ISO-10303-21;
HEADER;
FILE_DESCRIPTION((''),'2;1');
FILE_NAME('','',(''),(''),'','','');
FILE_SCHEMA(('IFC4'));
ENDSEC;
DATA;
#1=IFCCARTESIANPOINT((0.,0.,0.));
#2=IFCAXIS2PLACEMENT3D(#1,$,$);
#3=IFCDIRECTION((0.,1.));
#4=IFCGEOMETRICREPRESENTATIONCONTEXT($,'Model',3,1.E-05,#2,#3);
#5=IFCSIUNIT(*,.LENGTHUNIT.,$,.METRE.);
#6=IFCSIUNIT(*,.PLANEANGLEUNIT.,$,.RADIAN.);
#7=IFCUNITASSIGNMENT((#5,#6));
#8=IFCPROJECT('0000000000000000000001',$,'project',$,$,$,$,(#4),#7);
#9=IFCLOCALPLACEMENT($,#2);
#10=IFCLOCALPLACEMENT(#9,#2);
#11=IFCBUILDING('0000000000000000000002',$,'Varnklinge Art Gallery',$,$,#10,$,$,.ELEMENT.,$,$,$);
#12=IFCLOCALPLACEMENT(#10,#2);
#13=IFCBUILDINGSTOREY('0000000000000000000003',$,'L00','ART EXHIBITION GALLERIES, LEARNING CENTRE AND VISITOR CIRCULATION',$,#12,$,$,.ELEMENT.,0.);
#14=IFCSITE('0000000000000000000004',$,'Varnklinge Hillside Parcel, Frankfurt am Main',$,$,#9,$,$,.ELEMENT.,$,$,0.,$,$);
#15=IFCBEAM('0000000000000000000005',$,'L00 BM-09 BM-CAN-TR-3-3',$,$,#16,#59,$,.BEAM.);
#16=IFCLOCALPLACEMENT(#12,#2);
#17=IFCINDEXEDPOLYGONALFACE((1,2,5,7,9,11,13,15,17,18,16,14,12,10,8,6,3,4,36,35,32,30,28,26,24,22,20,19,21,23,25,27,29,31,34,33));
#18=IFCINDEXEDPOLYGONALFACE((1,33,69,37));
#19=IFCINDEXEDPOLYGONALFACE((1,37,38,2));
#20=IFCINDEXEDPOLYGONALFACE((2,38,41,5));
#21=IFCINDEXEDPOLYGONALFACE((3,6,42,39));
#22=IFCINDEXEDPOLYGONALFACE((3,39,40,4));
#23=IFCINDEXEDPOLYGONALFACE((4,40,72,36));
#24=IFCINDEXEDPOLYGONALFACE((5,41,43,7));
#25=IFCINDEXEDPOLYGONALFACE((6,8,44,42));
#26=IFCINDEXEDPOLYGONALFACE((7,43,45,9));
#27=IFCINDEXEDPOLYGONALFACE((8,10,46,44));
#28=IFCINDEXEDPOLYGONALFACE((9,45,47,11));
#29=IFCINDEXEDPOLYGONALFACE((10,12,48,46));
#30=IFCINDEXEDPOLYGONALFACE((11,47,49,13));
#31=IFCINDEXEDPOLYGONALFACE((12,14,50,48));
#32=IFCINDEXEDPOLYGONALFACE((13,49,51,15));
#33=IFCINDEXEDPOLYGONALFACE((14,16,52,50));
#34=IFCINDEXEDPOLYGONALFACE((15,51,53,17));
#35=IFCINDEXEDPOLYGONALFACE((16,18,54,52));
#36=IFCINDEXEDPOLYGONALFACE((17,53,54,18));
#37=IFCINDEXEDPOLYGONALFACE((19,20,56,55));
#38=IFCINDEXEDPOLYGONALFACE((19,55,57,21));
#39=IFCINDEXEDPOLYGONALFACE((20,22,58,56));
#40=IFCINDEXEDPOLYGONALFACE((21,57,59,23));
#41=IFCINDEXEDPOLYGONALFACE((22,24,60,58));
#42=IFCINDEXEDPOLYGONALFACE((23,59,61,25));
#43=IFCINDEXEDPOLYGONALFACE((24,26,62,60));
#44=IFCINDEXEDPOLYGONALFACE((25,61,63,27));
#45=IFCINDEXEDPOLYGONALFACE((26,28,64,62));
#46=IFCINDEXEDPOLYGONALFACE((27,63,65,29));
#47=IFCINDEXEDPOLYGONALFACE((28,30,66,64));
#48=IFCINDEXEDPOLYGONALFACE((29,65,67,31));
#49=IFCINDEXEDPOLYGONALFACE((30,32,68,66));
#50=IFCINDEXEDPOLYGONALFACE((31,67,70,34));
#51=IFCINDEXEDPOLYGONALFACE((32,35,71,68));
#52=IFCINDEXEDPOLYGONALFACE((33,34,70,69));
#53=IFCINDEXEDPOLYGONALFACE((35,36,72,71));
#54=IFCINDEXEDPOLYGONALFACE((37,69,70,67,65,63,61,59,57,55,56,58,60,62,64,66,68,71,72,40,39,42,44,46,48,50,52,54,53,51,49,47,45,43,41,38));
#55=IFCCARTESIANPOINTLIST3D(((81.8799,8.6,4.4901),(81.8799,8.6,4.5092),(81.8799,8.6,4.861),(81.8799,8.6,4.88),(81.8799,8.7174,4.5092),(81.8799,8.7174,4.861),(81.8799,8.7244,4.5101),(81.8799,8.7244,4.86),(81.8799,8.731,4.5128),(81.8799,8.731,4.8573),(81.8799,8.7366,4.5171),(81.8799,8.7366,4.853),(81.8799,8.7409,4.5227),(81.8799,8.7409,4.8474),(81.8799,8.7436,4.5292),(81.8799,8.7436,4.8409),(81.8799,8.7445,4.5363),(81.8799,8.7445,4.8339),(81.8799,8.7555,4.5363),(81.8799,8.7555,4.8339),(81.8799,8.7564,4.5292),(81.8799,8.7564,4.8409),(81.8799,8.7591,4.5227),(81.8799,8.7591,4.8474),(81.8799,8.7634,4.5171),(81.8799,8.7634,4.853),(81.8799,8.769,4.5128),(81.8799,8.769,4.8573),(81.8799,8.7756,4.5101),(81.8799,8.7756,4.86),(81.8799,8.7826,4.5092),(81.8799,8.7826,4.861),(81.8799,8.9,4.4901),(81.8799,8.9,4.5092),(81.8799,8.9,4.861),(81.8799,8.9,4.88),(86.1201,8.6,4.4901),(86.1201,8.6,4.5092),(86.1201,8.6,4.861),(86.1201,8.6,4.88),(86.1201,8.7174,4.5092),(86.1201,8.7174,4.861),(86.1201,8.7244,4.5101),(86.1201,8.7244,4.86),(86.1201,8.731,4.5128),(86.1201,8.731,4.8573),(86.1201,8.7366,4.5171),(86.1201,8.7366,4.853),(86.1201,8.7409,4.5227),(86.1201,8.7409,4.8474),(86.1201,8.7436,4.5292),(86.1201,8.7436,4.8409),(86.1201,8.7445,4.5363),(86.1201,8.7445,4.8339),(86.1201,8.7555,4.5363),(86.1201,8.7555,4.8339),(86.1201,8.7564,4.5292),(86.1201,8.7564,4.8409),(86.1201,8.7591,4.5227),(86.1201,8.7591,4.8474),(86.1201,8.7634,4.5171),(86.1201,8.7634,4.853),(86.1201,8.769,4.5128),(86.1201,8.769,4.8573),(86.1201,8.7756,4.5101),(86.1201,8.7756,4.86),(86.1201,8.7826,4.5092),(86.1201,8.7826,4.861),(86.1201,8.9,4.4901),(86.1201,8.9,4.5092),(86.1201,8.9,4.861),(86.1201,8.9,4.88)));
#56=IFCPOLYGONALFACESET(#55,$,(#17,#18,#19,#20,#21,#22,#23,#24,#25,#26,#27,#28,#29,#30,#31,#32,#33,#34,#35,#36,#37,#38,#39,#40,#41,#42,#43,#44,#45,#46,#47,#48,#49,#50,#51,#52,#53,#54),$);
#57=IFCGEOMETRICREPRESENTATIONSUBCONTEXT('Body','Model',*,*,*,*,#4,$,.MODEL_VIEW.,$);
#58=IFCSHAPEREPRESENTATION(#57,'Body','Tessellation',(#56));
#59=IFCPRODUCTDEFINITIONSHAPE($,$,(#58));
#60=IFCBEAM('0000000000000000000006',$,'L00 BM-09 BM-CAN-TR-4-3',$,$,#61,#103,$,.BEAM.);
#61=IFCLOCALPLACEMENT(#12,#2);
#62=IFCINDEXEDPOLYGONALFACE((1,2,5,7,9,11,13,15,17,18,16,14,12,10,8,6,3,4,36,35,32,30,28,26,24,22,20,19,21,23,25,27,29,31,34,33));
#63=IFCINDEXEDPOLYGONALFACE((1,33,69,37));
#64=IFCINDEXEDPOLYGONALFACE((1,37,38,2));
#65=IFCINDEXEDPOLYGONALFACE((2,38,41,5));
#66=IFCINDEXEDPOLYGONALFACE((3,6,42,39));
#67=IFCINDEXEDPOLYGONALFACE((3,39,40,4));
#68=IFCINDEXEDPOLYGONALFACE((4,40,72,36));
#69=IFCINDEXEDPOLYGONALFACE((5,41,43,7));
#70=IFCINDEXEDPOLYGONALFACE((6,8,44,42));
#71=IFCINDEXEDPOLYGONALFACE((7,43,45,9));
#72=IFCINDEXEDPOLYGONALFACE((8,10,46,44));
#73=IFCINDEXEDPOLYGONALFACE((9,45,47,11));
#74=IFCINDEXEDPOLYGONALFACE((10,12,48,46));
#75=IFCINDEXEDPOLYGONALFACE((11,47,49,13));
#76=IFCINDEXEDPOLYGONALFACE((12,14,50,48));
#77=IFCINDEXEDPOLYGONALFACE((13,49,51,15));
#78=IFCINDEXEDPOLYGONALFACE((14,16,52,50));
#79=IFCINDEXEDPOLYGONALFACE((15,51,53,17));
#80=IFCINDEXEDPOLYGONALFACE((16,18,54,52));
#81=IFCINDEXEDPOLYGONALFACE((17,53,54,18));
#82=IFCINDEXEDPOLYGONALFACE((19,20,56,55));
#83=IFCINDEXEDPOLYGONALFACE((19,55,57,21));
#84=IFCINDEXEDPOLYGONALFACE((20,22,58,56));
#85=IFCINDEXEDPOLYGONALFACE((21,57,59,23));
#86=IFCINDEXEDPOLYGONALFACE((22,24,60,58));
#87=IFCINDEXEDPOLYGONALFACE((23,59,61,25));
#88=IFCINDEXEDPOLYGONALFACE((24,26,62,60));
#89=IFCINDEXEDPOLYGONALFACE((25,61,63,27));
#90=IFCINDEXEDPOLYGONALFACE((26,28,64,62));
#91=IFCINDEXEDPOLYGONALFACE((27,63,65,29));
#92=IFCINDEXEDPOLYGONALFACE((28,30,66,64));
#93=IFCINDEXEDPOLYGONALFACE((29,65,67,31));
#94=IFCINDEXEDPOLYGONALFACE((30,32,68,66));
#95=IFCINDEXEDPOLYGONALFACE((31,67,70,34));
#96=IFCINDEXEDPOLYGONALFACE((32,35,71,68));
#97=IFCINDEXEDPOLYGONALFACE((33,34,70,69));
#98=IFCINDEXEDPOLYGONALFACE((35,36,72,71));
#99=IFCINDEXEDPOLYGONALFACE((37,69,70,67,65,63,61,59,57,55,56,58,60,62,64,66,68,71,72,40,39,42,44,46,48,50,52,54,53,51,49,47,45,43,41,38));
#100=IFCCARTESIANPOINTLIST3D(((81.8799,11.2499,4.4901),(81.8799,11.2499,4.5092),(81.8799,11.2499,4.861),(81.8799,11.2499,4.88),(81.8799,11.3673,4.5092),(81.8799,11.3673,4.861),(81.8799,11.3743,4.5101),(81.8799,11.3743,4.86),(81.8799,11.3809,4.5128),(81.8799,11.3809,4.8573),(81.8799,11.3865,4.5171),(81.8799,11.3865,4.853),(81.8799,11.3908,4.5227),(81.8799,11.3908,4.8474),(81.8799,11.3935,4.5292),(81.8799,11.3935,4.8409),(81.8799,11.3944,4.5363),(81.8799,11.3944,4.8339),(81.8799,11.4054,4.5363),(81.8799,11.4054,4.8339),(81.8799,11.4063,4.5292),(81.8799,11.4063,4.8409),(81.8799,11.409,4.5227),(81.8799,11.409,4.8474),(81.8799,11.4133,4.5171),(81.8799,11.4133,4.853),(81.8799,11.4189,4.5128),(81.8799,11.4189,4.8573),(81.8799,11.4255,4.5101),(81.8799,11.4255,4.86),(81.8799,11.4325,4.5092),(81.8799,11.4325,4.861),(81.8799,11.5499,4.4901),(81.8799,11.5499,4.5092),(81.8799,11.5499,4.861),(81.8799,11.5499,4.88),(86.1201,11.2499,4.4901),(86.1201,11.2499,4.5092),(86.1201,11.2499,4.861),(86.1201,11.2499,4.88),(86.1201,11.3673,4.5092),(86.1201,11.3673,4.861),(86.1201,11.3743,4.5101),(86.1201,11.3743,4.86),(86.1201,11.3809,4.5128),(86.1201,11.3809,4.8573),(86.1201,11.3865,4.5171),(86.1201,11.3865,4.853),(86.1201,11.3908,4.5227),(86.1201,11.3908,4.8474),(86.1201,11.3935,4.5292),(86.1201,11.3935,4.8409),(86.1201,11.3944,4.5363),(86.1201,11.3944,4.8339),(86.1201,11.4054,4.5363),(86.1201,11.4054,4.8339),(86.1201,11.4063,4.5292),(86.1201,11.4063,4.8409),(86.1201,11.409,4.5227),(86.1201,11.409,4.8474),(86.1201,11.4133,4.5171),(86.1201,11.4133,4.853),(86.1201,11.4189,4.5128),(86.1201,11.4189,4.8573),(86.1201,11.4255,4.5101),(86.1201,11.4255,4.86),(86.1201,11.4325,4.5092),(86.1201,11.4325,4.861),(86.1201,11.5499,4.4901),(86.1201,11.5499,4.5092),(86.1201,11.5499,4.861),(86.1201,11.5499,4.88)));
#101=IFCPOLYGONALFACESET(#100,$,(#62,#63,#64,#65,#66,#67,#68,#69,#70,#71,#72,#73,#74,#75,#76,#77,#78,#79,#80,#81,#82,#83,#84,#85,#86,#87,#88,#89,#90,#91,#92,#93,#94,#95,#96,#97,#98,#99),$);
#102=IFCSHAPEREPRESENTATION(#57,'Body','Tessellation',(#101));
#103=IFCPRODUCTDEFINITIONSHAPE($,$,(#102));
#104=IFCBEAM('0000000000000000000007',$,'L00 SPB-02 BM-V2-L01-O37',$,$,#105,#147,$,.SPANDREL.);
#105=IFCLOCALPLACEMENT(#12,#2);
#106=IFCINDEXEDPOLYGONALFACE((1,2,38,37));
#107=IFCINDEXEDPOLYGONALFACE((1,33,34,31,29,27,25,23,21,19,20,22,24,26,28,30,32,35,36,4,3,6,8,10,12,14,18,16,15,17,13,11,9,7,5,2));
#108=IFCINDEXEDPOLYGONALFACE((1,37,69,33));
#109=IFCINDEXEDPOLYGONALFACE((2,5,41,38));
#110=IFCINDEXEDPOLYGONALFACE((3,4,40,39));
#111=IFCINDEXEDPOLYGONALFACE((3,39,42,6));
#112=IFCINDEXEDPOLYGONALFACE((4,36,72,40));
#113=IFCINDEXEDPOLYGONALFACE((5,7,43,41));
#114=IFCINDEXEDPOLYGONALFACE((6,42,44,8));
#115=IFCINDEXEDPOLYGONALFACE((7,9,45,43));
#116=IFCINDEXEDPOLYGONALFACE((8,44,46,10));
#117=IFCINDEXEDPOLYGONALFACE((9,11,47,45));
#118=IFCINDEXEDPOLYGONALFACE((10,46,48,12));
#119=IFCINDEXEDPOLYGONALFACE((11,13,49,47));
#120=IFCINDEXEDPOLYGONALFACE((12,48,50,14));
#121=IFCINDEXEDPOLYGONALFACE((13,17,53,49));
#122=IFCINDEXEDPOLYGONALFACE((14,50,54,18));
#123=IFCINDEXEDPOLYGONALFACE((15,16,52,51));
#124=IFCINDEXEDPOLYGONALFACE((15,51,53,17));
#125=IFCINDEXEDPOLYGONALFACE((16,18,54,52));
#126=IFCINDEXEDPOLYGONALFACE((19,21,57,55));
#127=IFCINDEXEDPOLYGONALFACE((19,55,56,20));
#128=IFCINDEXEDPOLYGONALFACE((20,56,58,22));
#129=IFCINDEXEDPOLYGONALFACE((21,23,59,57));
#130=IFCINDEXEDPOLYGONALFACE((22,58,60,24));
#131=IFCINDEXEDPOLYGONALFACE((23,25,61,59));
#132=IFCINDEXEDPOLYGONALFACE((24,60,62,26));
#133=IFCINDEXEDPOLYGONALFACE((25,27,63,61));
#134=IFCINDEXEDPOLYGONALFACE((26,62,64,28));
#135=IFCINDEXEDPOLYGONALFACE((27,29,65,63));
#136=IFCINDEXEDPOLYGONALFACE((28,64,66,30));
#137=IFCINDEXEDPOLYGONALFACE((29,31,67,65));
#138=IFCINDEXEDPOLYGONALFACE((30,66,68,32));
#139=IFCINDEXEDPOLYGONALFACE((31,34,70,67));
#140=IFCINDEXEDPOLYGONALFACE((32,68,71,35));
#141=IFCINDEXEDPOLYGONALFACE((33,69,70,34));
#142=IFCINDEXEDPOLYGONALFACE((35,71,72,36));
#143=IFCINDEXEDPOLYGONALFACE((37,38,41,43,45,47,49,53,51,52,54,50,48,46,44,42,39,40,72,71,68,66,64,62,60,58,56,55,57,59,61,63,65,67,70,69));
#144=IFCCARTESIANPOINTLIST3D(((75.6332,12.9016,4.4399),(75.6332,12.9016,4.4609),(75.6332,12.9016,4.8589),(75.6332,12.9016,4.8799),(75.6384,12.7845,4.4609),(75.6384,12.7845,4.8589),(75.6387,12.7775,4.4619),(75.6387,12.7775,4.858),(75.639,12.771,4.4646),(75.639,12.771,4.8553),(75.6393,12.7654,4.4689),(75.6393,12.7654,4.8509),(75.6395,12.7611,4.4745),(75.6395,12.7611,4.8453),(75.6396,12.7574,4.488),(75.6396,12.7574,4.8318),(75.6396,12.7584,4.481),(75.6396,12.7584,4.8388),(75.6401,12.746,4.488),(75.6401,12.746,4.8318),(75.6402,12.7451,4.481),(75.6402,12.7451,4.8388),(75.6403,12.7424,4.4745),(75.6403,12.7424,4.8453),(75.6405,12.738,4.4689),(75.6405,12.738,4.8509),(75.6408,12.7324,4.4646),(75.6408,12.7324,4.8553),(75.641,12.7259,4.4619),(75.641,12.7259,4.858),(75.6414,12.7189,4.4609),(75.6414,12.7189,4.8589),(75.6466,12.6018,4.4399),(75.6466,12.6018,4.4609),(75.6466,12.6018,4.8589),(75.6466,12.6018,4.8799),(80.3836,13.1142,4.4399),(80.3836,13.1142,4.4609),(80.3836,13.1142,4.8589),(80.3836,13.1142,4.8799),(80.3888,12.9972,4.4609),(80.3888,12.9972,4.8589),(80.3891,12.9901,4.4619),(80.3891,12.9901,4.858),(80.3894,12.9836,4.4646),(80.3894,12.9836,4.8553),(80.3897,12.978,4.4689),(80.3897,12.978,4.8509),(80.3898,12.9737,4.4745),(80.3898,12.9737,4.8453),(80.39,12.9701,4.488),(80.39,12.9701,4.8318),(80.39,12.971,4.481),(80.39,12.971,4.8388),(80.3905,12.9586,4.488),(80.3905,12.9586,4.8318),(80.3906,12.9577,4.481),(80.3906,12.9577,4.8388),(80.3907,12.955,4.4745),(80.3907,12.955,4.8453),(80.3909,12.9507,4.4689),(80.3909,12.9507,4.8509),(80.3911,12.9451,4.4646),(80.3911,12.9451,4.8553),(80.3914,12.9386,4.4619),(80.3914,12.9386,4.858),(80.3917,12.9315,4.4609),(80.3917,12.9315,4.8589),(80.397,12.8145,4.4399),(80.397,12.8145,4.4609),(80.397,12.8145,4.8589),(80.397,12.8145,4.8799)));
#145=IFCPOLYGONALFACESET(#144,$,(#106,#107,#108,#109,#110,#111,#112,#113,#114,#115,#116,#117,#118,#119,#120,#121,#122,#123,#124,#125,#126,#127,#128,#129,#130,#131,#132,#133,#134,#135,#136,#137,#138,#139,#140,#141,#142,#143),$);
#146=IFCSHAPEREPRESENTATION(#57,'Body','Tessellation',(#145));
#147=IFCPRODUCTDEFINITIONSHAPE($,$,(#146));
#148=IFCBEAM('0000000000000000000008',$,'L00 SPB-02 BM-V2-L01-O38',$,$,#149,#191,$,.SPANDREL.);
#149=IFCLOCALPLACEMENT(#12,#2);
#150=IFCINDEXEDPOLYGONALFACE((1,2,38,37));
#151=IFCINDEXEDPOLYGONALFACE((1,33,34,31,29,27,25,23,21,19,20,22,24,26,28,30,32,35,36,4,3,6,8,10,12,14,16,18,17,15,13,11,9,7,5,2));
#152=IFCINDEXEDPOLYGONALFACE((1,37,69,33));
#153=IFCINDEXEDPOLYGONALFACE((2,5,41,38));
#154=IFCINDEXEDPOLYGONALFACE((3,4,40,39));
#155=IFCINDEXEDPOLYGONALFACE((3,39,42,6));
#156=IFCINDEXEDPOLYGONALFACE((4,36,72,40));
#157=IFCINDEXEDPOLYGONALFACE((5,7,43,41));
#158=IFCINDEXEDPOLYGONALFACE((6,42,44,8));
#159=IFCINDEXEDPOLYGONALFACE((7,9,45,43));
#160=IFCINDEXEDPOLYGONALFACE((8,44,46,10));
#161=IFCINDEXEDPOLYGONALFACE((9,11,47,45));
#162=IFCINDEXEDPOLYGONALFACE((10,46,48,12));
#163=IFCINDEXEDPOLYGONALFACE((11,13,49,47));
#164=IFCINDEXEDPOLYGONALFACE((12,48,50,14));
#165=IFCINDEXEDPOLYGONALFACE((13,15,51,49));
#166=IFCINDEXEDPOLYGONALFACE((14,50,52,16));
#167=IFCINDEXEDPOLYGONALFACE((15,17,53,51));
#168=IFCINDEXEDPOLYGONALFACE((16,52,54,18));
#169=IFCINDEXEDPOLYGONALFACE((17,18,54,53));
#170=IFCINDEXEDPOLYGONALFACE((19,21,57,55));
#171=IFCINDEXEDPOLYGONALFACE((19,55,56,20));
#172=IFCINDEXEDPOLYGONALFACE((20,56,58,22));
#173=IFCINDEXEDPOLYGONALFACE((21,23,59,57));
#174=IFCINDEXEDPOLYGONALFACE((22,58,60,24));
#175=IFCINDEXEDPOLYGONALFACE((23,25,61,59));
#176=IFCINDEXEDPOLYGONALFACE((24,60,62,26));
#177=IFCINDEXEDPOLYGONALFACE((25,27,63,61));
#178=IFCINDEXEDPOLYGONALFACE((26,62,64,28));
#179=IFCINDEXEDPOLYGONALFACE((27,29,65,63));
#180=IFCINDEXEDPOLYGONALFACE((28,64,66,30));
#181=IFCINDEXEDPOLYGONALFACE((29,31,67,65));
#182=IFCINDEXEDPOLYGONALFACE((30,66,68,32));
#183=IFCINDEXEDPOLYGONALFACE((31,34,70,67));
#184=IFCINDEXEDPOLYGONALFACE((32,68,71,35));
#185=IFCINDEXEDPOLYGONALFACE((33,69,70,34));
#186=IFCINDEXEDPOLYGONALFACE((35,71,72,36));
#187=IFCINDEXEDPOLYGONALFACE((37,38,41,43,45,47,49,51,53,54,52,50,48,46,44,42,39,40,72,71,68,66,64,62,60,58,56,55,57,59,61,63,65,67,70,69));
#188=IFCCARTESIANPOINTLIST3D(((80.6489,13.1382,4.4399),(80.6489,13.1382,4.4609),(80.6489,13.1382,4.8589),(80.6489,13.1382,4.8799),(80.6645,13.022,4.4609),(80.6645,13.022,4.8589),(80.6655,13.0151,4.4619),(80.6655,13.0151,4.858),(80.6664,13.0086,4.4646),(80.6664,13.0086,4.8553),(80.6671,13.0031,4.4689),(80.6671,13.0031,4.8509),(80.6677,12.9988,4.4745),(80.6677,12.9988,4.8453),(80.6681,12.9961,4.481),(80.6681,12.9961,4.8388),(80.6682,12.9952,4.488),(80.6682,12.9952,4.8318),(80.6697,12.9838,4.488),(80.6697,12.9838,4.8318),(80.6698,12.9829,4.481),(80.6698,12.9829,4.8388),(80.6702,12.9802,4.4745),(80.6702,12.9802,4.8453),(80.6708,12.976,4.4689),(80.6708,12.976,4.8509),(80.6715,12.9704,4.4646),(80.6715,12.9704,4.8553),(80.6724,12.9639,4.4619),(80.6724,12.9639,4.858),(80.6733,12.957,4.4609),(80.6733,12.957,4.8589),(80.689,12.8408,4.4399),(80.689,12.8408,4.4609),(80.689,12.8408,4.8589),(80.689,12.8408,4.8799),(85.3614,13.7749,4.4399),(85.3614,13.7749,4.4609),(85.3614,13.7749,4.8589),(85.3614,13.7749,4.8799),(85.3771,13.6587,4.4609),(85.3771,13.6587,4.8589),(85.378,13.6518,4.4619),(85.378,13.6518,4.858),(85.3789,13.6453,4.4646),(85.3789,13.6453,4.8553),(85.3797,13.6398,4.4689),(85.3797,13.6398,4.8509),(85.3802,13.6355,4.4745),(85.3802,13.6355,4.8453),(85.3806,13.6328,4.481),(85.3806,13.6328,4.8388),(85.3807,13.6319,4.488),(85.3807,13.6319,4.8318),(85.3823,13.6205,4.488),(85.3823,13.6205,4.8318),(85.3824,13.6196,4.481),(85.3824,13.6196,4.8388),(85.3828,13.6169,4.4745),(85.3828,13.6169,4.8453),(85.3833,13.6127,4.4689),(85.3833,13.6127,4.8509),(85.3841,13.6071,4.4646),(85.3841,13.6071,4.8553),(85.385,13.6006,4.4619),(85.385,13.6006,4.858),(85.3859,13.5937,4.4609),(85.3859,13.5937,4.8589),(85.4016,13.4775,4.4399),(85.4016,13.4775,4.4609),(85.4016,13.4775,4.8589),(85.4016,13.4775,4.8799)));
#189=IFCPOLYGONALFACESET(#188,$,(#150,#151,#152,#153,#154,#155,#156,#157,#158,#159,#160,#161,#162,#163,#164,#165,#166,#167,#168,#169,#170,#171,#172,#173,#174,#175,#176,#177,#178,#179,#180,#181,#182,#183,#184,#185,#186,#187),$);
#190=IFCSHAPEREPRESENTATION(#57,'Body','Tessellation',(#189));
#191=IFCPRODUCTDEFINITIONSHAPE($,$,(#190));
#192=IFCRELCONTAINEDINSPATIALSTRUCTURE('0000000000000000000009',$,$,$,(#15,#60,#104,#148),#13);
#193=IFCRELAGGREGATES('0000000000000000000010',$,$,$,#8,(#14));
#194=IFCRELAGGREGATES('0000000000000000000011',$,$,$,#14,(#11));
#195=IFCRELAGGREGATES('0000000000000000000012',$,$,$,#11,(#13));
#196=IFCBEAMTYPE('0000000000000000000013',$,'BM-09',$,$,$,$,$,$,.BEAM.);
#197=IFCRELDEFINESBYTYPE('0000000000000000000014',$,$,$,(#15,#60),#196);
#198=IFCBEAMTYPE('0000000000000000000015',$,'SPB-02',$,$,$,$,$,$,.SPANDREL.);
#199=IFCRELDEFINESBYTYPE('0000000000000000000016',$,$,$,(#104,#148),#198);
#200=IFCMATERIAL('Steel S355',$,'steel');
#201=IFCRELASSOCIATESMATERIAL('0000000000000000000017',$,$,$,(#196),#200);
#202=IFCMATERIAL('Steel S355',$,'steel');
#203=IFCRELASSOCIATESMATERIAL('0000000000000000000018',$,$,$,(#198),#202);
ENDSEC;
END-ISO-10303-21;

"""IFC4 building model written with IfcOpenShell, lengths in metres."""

from ifc_helpers import new_model, si_unit, direction, frame, origin, origin_2d, place, context, subcontext, project, spatial, i_section, extrude, material, material_profile, profile_set, type_object, element, save


model = new_model("IFC4")

# Units and contexts
model_context = context("Model", 3, precision=1e-05, world=origin(), true_north=direction((0.0, 1.0)))
body_context = subcontext(model_context, "Body", "Model", "MODEL_VIEW")
ifc_project = project(units=[si_unit("LENGTHUNIT", "METRE"), si_unit("PLANEANGLEUNIT", "RADIAN")], contexts=[model_context])

# Site, building, storey
site_placement = place(None, origin())
site = spatial("IfcSite", under=ifc_project, at=site_placement, Name="Varnklinge Hillside Parcel, Frankfurt am Main", CompositionType="ELEMENT", RefElevation=0.0)
building_placement = place(site_placement, origin())
building = spatial("IfcBuilding", under=site, at=building_placement, Name="Varnklinge Art Gallery", CompositionType="ELEMENT")
storey_placement = place(building_placement, origin())
storey = spatial("IfcBuildingStorey", under=building, at=storey_placement, Name="L00", Description="ART EXHIBITION GALLERIES, LEARNING CENTRE AND VISITOR CIRCULATION", CompositionType="ELEMENT", Elevation=0.0)

# Beams
ifc_material_1 = material(Name="Steel S355", Category="steel")
ifc_material_profile_1 = material_profile(ifc_material_1, i_section(OverallWidth=0.3, OverallDepth=0.3899, WebThickness=0.011, FlangeThickness=0.019, FilletRadius=0.0271, at=origin_2d()), Name="HEA 400")
ifc_profile_set_1 = profile_set([ifc_material_profile_1], Name="Steel S355")
beam_type_1 = type_object("IfcBeamType", Name="BM-09", PredefinedType="BEAM", material=ifc_profile_set_1)
for number, where, z_axis, x_axis, name in (
    (1, (81.8799, 8.75, 4.6851), (1.0, 0.0, 0.0), (0.0, 1.0, 0.0), "L00 BM-09 BM-CAN-TR-3-3"),
    (2, (81.8799, 11.3999, 4.6851), (1.0, 0.0, 0.0), (0.0, 1.0, 0.0), "L00 BM-09 BM-CAN-TR-4-3"),
):
    element("IfcBeam", number, at=place(storey_placement, frame(where, z_axis=z_axis, x_axis=x_axis)), inside=storey, type_object=beam_type_1, Name=name, PredefinedType="BEAM", context=body_context, shape_type="SweptSolid", body=[
        extrude(i_section(OverallWidth=0.3, OverallDepth=0.3899, WebThickness=0.011, FlangeThickness=0.019, FilletRadius=0.0271, at=origin_2d()), origin(), (0.0, 0.0, 1.0), 4.2402),
    ])
ifc_material_2 = material(Name="Steel S355", Category="steel")
ifc_material_profile_2 = material_profile(ifc_material_2, i_section(OverallWidth=0.3, OverallDepth=0.4399, WebThickness=0.0115, FlangeThickness=0.021, FilletRadius=0.0271, at=origin_2d()), Name="HEA 450")
ifc_profile_set_2 = profile_set([ifc_material_profile_2], Name="Steel S355")
beam_type_2 = type_object("IfcBeamType", Name="SPB-02", PredefinedType="SPANDREL", material=ifc_profile_set_2)
beam_1_placement = place(storey_placement, frame((75.6399, 12.7517, 4.6599), z_axis=(0.999, 0.044718, 0.0), x_axis=(-0.044718, 0.999, 0.0)))
element("IfcBeam", 3, at=beam_1_placement, inside=storey, type_object=beam_type_2, Name="L00 SPB-02 BM-V2-L01-O37", PredefinedType="SPANDREL", context=body_context, shape_type="SweptSolid", body=[
    extrude(i_section(OverallWidth=0.3, OverallDepth=0.4399, WebThickness=0.0115, FlangeThickness=0.021, FilletRadius=0.0271, at=origin_2d()), origin(), (0.0, 0.0, 1.0), 4.7551),
])
beam_2_placement = place(storey_placement, frame((80.6689, 12.9895, 4.6599), z_axis=(0.990996, 0.133892, 0.0), x_axis=(-0.133892, 0.990996, 0.0)))
element("IfcBeam", 4, at=beam_2_placement, inside=storey, type_object=beam_type_2, Name="L00 SPB-02 BM-V2-L01-O38", PredefinedType="SPANDREL", context=body_context, shape_type="SweptSolid", body=[
    extrude(i_section(OverallWidth=0.3, OverallDepth=0.4399, WebThickness=0.0115, FlangeThickness=0.021, FilletRadius=0.0271, at=origin_2d()), origin(), (0.0, 0.0, 1.0), 4.7554),
])

save(model, "model.ifc")
